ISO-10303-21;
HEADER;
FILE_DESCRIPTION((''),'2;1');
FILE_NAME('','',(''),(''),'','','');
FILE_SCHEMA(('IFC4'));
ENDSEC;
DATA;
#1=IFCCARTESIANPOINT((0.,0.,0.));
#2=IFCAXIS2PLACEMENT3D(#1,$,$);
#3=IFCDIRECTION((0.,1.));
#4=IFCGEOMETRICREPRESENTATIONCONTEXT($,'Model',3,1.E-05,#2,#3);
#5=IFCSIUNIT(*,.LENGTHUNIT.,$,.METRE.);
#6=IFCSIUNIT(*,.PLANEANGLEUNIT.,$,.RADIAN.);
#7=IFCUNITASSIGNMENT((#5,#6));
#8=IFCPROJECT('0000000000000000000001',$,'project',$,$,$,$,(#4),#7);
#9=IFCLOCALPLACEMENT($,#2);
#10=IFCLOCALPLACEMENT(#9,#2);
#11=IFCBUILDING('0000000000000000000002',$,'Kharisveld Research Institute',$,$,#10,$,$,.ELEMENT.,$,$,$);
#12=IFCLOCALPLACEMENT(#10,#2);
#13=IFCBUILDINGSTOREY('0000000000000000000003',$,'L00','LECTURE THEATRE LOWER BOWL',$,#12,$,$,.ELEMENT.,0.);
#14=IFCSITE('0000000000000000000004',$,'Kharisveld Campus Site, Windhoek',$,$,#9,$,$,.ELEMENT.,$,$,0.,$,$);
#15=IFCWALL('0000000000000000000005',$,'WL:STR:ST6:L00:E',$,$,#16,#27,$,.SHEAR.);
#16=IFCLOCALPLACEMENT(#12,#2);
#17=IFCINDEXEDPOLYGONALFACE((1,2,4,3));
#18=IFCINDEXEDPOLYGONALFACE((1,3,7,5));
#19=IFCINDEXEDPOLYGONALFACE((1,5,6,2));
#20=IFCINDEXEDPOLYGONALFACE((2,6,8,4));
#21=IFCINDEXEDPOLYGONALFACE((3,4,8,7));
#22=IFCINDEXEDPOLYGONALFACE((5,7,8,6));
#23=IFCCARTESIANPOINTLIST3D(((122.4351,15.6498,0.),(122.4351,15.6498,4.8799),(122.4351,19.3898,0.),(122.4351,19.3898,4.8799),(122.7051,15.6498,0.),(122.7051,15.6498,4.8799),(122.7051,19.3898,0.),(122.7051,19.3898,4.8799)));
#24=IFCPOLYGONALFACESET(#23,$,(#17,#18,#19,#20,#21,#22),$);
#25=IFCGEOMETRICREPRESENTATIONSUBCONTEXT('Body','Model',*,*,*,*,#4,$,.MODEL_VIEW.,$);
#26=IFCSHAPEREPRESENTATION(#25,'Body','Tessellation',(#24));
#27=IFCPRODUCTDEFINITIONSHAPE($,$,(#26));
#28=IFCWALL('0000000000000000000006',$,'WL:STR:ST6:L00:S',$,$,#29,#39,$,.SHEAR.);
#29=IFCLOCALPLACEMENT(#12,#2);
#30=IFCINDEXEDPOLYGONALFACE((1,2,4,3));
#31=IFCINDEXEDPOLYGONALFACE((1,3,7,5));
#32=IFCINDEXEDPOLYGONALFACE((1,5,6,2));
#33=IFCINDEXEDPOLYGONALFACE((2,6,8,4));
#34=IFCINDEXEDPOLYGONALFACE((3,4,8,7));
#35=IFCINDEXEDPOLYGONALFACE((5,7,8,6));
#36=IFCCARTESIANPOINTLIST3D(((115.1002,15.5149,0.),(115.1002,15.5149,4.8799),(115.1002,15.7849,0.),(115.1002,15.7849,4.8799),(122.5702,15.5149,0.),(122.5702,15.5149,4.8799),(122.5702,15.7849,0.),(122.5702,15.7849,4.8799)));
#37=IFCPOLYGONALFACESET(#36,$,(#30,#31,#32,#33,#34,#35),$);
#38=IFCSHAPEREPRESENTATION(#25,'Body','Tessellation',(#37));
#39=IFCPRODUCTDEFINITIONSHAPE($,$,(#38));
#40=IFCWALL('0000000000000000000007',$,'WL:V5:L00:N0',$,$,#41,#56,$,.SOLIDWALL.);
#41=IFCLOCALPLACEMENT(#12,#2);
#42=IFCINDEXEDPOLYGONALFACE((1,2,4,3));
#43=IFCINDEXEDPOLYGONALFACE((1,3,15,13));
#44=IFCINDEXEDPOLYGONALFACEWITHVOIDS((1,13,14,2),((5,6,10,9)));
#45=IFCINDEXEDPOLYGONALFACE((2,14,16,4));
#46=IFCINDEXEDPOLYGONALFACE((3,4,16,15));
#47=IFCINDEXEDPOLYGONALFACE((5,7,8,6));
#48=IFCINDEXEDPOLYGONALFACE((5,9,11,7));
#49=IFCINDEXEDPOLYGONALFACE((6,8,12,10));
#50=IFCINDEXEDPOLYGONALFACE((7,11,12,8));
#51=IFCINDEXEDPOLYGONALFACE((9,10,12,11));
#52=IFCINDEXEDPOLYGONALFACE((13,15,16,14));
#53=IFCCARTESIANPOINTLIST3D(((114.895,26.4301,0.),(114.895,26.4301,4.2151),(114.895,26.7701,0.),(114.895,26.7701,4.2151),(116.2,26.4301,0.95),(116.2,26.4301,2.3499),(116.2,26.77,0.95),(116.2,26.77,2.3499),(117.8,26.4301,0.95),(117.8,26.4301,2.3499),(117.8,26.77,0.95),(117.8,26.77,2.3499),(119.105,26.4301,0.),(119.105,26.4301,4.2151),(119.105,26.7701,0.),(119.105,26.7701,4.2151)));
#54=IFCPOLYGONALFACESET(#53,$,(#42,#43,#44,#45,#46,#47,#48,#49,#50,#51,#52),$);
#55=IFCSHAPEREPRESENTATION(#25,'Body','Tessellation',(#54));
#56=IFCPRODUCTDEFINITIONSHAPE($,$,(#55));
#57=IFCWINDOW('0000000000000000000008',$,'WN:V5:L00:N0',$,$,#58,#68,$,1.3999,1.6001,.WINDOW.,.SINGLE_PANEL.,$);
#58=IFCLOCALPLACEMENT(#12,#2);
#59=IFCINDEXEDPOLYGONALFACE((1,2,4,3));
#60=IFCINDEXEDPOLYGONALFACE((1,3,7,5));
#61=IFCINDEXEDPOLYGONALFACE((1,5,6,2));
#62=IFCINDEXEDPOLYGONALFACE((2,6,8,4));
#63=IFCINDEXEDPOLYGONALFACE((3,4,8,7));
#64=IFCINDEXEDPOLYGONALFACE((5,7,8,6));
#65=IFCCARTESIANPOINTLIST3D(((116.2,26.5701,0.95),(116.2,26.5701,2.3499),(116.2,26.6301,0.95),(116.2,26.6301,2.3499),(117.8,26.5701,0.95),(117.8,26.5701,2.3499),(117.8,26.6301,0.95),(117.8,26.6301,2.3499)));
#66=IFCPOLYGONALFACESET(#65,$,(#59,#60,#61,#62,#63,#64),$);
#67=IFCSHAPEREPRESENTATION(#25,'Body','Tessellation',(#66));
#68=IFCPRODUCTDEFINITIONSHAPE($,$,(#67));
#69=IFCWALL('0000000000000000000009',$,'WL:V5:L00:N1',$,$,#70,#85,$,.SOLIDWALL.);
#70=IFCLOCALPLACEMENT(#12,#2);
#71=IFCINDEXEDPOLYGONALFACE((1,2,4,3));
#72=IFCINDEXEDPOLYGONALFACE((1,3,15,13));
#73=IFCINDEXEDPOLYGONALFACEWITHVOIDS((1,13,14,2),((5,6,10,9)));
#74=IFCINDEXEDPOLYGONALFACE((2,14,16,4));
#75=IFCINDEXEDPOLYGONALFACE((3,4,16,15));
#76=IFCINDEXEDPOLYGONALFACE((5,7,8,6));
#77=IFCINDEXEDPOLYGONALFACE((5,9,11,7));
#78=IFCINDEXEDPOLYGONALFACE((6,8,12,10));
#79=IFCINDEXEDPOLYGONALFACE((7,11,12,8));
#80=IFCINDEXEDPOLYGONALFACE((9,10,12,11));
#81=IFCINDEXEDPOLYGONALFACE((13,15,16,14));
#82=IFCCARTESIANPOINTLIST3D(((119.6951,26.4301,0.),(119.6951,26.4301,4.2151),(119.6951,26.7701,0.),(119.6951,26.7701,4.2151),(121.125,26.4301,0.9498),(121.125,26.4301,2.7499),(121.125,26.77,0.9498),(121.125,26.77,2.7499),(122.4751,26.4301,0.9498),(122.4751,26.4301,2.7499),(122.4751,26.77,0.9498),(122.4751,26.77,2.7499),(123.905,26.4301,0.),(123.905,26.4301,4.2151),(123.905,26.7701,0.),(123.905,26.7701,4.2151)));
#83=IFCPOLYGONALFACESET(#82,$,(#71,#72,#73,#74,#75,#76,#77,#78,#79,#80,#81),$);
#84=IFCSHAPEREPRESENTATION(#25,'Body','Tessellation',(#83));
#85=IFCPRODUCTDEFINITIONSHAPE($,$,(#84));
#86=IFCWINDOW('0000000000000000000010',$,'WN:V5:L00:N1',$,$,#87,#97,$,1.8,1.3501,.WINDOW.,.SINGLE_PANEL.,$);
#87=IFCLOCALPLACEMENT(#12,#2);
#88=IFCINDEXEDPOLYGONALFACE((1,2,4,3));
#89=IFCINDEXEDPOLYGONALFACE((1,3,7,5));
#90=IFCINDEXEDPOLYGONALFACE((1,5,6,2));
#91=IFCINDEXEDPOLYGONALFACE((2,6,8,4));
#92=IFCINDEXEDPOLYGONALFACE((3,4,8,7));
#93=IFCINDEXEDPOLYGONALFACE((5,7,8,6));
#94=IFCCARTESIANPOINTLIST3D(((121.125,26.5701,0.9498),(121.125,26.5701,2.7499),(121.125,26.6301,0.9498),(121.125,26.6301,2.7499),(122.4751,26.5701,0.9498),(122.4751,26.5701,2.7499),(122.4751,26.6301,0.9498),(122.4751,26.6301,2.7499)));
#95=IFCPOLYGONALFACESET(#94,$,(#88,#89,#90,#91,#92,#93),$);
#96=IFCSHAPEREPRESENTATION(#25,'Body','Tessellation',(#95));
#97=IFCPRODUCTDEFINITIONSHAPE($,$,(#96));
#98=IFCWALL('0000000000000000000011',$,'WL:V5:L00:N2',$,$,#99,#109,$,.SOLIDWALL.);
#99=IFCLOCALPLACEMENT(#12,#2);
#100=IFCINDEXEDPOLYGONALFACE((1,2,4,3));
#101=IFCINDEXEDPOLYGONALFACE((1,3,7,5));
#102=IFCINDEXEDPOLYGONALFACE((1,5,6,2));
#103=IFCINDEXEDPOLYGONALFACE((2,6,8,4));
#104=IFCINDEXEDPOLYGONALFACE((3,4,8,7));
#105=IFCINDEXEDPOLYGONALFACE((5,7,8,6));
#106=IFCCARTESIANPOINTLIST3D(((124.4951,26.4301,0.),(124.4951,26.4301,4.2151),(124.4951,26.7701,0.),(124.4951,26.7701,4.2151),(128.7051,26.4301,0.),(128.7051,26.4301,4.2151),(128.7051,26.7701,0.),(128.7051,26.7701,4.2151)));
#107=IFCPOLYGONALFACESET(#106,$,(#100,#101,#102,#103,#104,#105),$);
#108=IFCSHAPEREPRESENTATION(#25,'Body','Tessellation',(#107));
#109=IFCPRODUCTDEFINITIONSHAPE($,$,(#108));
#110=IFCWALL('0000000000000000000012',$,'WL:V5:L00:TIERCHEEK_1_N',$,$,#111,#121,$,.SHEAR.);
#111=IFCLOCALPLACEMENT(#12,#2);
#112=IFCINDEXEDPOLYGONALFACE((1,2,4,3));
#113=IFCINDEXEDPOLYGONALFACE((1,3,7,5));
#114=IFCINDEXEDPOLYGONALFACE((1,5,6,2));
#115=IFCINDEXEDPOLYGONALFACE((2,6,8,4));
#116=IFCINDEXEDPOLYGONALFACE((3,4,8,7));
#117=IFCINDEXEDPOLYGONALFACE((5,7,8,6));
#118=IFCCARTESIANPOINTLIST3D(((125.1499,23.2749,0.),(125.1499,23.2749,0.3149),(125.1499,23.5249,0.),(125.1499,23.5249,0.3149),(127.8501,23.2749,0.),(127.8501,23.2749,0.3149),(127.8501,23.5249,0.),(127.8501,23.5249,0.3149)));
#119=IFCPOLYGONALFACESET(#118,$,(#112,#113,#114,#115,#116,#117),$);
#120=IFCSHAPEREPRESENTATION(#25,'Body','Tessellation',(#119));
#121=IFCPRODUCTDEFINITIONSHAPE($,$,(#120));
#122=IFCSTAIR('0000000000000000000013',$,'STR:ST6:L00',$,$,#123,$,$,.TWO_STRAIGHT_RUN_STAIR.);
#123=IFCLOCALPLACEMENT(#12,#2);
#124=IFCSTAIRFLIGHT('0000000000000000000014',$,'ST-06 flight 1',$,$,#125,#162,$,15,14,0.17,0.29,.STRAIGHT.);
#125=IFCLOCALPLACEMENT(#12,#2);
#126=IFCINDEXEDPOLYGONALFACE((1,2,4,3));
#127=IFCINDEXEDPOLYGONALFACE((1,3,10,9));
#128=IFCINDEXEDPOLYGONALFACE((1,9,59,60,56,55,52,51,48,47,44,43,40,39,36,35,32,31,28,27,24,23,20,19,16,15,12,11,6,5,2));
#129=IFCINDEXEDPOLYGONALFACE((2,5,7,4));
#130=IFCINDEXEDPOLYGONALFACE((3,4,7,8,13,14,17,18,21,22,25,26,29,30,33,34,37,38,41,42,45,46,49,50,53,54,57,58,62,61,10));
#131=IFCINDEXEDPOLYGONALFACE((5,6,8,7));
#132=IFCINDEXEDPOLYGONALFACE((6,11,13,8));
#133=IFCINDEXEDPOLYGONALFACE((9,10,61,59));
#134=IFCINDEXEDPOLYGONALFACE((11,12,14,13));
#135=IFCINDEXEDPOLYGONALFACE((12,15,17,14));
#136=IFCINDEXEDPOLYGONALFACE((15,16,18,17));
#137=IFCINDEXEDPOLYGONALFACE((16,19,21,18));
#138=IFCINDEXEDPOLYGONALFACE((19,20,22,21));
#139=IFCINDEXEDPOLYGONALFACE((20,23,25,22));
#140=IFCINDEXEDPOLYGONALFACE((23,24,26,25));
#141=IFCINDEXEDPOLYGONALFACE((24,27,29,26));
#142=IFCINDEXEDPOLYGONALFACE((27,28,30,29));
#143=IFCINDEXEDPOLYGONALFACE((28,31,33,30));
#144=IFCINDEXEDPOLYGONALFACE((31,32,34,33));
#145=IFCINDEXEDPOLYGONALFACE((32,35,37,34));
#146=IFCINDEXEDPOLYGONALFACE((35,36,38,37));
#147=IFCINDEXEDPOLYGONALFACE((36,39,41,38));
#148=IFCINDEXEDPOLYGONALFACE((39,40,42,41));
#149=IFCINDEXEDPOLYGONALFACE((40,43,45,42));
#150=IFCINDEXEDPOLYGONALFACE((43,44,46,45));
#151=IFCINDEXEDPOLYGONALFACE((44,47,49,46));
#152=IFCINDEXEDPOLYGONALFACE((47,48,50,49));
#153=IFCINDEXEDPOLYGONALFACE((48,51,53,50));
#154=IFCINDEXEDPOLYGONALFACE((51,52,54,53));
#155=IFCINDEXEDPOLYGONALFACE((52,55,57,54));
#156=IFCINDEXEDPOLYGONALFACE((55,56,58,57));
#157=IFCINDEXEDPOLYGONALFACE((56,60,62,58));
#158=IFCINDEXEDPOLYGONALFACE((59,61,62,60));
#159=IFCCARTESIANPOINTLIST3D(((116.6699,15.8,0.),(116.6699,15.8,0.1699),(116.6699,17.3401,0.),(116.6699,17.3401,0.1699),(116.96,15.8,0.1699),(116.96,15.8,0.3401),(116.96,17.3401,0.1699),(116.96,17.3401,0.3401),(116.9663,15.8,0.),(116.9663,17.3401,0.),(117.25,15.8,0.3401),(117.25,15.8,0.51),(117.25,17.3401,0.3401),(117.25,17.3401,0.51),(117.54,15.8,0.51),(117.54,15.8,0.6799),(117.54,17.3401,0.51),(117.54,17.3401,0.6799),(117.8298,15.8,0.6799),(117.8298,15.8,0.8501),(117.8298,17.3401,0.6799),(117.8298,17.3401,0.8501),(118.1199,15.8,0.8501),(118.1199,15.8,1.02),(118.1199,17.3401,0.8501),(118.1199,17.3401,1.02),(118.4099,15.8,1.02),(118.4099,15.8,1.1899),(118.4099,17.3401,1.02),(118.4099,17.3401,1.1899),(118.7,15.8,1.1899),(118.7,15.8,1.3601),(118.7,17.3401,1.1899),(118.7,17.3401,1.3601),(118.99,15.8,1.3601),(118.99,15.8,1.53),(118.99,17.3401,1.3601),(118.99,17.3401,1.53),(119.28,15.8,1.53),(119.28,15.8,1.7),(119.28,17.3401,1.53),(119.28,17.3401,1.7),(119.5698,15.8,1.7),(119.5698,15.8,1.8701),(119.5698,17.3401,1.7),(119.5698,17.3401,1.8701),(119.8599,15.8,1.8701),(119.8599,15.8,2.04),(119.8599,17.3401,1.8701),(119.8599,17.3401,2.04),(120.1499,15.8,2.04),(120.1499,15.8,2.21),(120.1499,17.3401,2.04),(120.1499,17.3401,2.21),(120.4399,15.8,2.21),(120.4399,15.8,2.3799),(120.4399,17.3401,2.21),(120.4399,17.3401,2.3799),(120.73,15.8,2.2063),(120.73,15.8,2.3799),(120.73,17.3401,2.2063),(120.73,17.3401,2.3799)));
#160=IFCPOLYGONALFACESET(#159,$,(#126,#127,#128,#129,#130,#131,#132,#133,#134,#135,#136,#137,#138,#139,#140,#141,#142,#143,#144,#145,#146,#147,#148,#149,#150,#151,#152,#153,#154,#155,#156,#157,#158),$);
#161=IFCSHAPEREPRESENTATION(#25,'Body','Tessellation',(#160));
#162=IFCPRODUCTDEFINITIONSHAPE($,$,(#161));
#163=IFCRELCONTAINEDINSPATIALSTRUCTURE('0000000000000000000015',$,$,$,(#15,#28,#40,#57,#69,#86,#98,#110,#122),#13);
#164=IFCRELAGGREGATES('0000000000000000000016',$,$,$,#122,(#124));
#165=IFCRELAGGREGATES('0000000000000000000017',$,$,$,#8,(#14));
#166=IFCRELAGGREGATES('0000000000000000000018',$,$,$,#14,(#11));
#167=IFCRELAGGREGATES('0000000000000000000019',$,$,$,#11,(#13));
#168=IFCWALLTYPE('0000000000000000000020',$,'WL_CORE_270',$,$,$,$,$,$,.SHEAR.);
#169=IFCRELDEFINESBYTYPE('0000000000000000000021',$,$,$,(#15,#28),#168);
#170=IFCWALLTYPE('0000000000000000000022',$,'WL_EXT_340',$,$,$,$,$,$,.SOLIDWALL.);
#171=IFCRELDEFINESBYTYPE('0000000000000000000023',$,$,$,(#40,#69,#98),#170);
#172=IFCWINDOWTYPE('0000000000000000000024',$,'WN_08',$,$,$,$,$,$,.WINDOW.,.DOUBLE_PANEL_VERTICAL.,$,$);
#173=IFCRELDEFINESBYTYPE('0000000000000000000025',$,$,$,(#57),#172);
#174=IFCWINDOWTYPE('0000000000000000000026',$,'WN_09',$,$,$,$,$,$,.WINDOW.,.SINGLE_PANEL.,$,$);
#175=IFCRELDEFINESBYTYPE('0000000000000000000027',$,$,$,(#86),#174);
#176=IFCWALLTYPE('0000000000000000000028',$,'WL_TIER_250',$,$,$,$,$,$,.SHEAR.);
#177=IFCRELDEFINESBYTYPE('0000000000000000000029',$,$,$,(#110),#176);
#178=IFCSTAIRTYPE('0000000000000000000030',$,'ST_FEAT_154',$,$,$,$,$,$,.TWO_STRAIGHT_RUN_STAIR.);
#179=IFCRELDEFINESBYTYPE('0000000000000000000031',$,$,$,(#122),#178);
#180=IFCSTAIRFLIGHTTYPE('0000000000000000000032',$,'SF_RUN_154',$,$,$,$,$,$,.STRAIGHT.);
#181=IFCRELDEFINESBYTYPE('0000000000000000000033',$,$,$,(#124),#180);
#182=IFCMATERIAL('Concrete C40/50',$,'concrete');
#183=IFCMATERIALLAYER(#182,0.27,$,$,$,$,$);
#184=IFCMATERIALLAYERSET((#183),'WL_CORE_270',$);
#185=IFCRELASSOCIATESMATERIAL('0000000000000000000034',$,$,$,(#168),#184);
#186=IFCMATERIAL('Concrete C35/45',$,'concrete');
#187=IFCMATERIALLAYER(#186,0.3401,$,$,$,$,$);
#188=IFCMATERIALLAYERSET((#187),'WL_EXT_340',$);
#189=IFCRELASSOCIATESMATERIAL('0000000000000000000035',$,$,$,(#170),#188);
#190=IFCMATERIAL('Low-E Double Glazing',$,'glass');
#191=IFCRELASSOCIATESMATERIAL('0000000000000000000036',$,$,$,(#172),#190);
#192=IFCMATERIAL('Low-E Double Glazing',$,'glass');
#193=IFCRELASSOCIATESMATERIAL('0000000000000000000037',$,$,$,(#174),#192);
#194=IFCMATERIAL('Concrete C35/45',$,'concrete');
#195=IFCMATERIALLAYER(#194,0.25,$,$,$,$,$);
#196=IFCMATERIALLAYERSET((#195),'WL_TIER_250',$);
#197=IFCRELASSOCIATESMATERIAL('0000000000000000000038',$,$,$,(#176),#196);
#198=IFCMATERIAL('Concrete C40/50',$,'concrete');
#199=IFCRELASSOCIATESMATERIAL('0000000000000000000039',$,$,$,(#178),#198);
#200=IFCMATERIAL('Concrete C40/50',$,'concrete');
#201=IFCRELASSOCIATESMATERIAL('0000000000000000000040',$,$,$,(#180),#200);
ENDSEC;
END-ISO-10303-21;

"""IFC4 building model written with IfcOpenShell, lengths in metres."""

from ifc_helpers import new_model, si_unit, direction, frame, frame_2d, origin, place, context, subcontext, project, spatial, polyline, rectangle, outline, extrude, material, layer, layer_set, type_object, element, fill, aggregate, save


model = new_model("IFC4")

# Units and contexts
model_context = context("Model", 3, precision=1e-05, world=origin(), true_north=direction((0.0, 1.0)))
body_context = subcontext(model_context, "Body", "Model", "MODEL_VIEW")
ifc_project = project(units=[si_unit("LENGTHUNIT", "METRE"), si_unit("PLANEANGLEUNIT", "RADIAN")], contexts=[model_context])

# Site, building, storey
site_placement = place(None, origin())
site = spatial("IfcSite", under=ifc_project, at=site_placement, Name="Kharisveld Campus Site, Windhoek", CompositionType="ELEMENT", RefElevation=0.0)
building_placement = place(site_placement, origin())
building = spatial("IfcBuilding", under=site, at=building_placement, Name="Kharisveld Research Institute", CompositionType="ELEMENT")
storey_placement = place(building_placement, origin())
storey = spatial("IfcBuildingStorey", under=building, at=storey_placement, Name="L00", Description="LECTURE THEATRE LOWER BOWL", CompositionType="ELEMENT", Elevation=0.0)

# Shared definitions
ifc_material_1 = material(Name="Concrete C40/50", Category="concrete")
ifc_layer_1 = layer(ifc_material_1, 0.27)
ifc_layer_set_1 = layer_set([ifc_layer_1], Name="WL_CORE_270")
wall_type_1 = type_object("IfcWallType", Name="WL_CORE_270", PredefinedType="SHEAR", material=ifc_layer_set_1)

# Walls
wall_1_placement = place(storey_placement, frame((122.5701, 19.3899, 0.0), z_axis=(0.0, 0.0, 1.0), x_axis=(0.0, -1.0, 0.0)))
element("IfcWall", 1, at=wall_1_placement, inside=storey, type_object=wall_type_1, Name="WL:STR:ST6:L00:E", PredefinedType="SHEAR", context=body_context, shape_type="SweptSolid", body=[
    extrude(rectangle(XDim=3.74, YDim=0.27, at=frame_2d((1.8701, 0.0))), origin(), (0.0, 0.0, 1.0), 4.8799),
])
wall_2_placement = place(storey_placement, frame((122.5701, 15.6499, 0.0), z_axis=(0.0, 0.0, 1.0), x_axis=(-1.0, 0.0, 0.0)))
element("IfcWall", 2, at=wall_2_placement, inside=storey, type_object=wall_type_1, Name="WL:STR:ST6:L00:S", PredefinedType="SHEAR", context=body_context, shape_type="SweptSolid", body=[
    extrude(rectangle(XDim=7.47, YDim=0.27, at=frame_2d((3.7349, 0.0))), origin(), (0.0, 0.0, 1.0), 4.8799),
])

# Walls, openings, windows
ifc_material_2 = material(Name="Concrete C35/45", Category="concrete")
ifc_layer_2 = layer(ifc_material_2, 0.3401)
ifc_layer_set_2 = layer_set([ifc_layer_2], Name="WL_EXT_340")
wall_type_2 = type_object("IfcWallType", Name="WL_EXT_340", PredefinedType="SOLIDWALL", material=ifc_layer_set_2)
wall_3_placement = place(storey_placement, frame((114.895, 26.6001, 0.0), z_axis=(0.0, 0.0, 1.0), x_axis=(1.0, 0.0, 0.0)))
wall_3 = element("IfcWall", 3, at=wall_3_placement, inside=storey, type_object=wall_type_2, Name="WL:V5:L00:N0", PredefinedType="SOLIDWALL", context=body_context, shape_type="SweptSolid", body=[
    extrude(rectangle(XDim=4.21, YDim=0.3401, at=frame_2d((2.105, 0.0))), origin(), (0.0, 0.0, 1.0), 4.2151),
])
opening_1_placement = place(wall_3_placement, frame((1.3049, 0.0, 0.95)))
opening_1 = element("IfcOpeningElement", 4, at=opening_1_placement, cuts=wall_3, PredefinedType="OPENING", context=body_context, shape_type="SweptSolid", body=[
    extrude(rectangle(XDim=1.6001, YDim=1.3999, at=frame_2d((0.8, 0.7))), frame((0.0, 0.1699, 0.0), z_axis=(0.0, -1.0, 0.0), x_axis=(1.0, 0.0, 0.0)), (0.0, 0.0, 1.0), 0.3401),
])
ifc_material_3 = material(Name="Low-E Double Glazing", Category="glass")
window_type_1 = type_object("IfcWindowType", Name="WN_08", PartitioningType="DOUBLE_PANEL_VERTICAL", PredefinedType="WINDOW", material=ifc_material_3)
window_1_placement = place(opening_1_placement, origin())
window_1 = element("IfcWindow", 5, at=window_1_placement, inside=storey, type_object=window_type_1, Name="WN:V5:L00:N0", OverallHeight=1.3999, OverallWidth=1.6001, PartitioningType="SINGLE_PANEL", PredefinedType="WINDOW", context=body_context, shape_type="SweptSolid", body=[
    extrude(rectangle(XDim=1.6001, YDim=1.3999, at=frame_2d((0.8, 0.7))), frame((0.0, 0.03, 0.0), z_axis=(0.0, -1.0, 0.0), x_axis=(1.0, 0.0, 0.0)), (0.0, 0.0, 1.0), 0.0601),
])
fill(opening_1, window_1)
wall_4_placement = place(storey_placement, frame((119.6951, 26.6001, 0.0), z_axis=(0.0, 0.0, 1.0), x_axis=(1.0, 0.0, 0.0)))
wall_4 = element("IfcWall", 6, at=wall_4_placement, inside=storey, type_object=wall_type_2, Name="WL:V5:L00:N1", PredefinedType="SOLIDWALL", context=body_context, shape_type="SweptSolid", body=[
    extrude(rectangle(XDim=4.21, YDim=0.3401, at=frame_2d((2.105, 0.0))), origin(), (0.0, 0.0, 1.0), 4.2151),
])
opening_2_placement = place(wall_4_placement, frame((1.4299, 0.0, 0.95)))
opening_2 = element("IfcOpeningElement", 7, at=opening_2_placement, cuts=wall_4, PredefinedType="OPENING", context=body_context, shape_type="SweptSolid", body=[
    extrude(rectangle(XDim=1.3501, YDim=1.8, at=frame_2d((0.675, 0.8999))), frame((0.0, 0.1699, 0.0), z_axis=(0.0, -1.0, 0.0), x_axis=(1.0, 0.0, 0.0)), (0.0, 0.0, 1.0), 0.3401),
])
ifc_material_4 = material(Name="Low-E Double Glazing", Category="glass")
window_type_2 = type_object("IfcWindowType", Name="WN_09", PartitioningType="SINGLE_PANEL", PredefinedType="WINDOW", material=ifc_material_4)
window_2_placement = place(opening_2_placement, origin())
window_2 = element("IfcWindow", 8, at=window_2_placement, inside=storey, type_object=window_type_2, Name="WN:V5:L00:N1", OverallHeight=1.8, OverallWidth=1.3501, PartitioningType="SINGLE_PANEL", PredefinedType="WINDOW", context=body_context, shape_type="SweptSolid", body=[
    extrude(rectangle(XDim=1.3501, YDim=1.8, at=frame_2d((0.675, 0.8999))), frame((0.0, 0.03, 0.0), z_axis=(0.0, -1.0, 0.0), x_axis=(1.0, 0.0, 0.0)), (0.0, 0.0, 1.0), 0.0601),
])
fill(opening_2, window_2)

# Wall
wall_5_placement = place(storey_placement, frame((124.4951, 26.6001, 0.0), z_axis=(0.0, 0.0, 1.0), x_axis=(1.0, 0.0, 0.0)))
element("IfcWall", 9, at=wall_5_placement, inside=storey, type_object=wall_type_2, Name="WL:V5:L00:N2", PredefinedType="SOLIDWALL", context=body_context, shape_type="SweptSolid", body=[
    extrude(rectangle(XDim=4.21, YDim=0.3401, at=frame_2d((2.105, 0.0))), origin(), (0.0, 0.0, 1.0), 4.2151),
])

# Wall
ifc_material_5 = material(Name="Concrete C35/45", Category="concrete")
ifc_layer_3 = layer(ifc_material_5, 0.25)
ifc_layer_set_3 = layer_set([ifc_layer_3], Name="WL_TIER_250")
wall_type_3 = type_object("IfcWallType", Name="WL_TIER_250", PredefinedType="SHEAR", material=ifc_layer_set_3)
wall_6_placement = place(storey_placement, frame((125.1499, 23.3999, 0.0), z_axis=(0.0, 0.0, 1.0), x_axis=(1.0, 0.0, 0.0)))
element("IfcWall", 10, at=wall_6_placement, inside=storey, type_object=wall_type_3, Name="WL:V5:L00:TIERCHEEK_1_N", PredefinedType="SHEAR", context=body_context, shape_type="SweptSolid", body=[
    extrude(rectangle(XDim=2.7002, YDim=0.25, at=frame_2d((1.3501, 0.0))), origin(), (0.0, 0.0, 1.0), 0.3149),
])

# Stair, stair flight
ifc_material_6 = material(Name="Concrete C40/50", Category="concrete")
stair_type = type_object("IfcStairType", Name="ST_FEAT_154", PredefinedType="TWO_STRAIGHT_RUN_STAIR", material=ifc_material_6)
stair_placement = place(storey_placement, origin())
stair = element("IfcStair", 11, at=stair_placement, inside=storey, type_object=stair_type, Name="STR:ST6:L00", PredefinedType="TWO_STRAIGHT_RUN_STAIR")
ifc_material_7 = material(Name="Concrete C40/50", Category="concrete")
stair_flight_type = type_object("IfcStairFlightType", Name="SF_RUN_154", PredefinedType="STRAIGHT", material=ifc_material_7)
stair_flight_1_placement = place(storey_placement, frame((116.6699, 16.5701, 0.0), z_axis=(0.0, 0.0, 1.0), x_axis=(1.0, 0.0, 0.0)))
stair_flight_1 = element("IfcStairFlight", 12, at=stair_flight_1_placement, type_object=stair_flight_type, Name="ST-06 flight 1", NumberOfRisers=15, NumberOfTreads=14, PredefinedType="STRAIGHT", RiserHeight=0.17, TreadLength=0.29, context=body_context, shape_type="SweptSolid", body=[
    extrude(outline(polyline([(0.0, 0.0), (0.0, 0.1699), (0.29, 0.1699), (0.29, 0.3401), (0.5801, 0.3401), (0.5801, 0.51), (0.8701, 0.51), (0.8701, 0.6799), (1.1599, 0.6799), (1.1599, 0.8501), (1.45, 0.8501), (1.45, 1.02), (1.74, 1.02), (1.74, 1.1899), (2.03, 1.1899), (2.03, 1.3601), (2.3201, 1.3601), (2.3201, 1.53), (2.6101, 1.53), (2.6101, 1.7), (2.8999, 1.7), (2.8999, 1.8701), (3.1899, 1.8701), (3.1899, 2.04), (3.48, 2.04), (3.48, 2.21), (3.77, 2.21), (3.77, 2.3799), (4.0601, 2.3799), (4.0601, 2.55), (4.0601, 2.2063), (0.2964, 0.0), (0.0, 0.0)])), frame((0.0, 0.77, 0.0), z_axis=(0.0, -1.0, 0.0), x_axis=(1.0, 0.0, 0.0)), (0.0, 0.0, 1.0), 1.54),
])
aggregate(stair, [stair_flight_1])

save(model, "model.ifc")
